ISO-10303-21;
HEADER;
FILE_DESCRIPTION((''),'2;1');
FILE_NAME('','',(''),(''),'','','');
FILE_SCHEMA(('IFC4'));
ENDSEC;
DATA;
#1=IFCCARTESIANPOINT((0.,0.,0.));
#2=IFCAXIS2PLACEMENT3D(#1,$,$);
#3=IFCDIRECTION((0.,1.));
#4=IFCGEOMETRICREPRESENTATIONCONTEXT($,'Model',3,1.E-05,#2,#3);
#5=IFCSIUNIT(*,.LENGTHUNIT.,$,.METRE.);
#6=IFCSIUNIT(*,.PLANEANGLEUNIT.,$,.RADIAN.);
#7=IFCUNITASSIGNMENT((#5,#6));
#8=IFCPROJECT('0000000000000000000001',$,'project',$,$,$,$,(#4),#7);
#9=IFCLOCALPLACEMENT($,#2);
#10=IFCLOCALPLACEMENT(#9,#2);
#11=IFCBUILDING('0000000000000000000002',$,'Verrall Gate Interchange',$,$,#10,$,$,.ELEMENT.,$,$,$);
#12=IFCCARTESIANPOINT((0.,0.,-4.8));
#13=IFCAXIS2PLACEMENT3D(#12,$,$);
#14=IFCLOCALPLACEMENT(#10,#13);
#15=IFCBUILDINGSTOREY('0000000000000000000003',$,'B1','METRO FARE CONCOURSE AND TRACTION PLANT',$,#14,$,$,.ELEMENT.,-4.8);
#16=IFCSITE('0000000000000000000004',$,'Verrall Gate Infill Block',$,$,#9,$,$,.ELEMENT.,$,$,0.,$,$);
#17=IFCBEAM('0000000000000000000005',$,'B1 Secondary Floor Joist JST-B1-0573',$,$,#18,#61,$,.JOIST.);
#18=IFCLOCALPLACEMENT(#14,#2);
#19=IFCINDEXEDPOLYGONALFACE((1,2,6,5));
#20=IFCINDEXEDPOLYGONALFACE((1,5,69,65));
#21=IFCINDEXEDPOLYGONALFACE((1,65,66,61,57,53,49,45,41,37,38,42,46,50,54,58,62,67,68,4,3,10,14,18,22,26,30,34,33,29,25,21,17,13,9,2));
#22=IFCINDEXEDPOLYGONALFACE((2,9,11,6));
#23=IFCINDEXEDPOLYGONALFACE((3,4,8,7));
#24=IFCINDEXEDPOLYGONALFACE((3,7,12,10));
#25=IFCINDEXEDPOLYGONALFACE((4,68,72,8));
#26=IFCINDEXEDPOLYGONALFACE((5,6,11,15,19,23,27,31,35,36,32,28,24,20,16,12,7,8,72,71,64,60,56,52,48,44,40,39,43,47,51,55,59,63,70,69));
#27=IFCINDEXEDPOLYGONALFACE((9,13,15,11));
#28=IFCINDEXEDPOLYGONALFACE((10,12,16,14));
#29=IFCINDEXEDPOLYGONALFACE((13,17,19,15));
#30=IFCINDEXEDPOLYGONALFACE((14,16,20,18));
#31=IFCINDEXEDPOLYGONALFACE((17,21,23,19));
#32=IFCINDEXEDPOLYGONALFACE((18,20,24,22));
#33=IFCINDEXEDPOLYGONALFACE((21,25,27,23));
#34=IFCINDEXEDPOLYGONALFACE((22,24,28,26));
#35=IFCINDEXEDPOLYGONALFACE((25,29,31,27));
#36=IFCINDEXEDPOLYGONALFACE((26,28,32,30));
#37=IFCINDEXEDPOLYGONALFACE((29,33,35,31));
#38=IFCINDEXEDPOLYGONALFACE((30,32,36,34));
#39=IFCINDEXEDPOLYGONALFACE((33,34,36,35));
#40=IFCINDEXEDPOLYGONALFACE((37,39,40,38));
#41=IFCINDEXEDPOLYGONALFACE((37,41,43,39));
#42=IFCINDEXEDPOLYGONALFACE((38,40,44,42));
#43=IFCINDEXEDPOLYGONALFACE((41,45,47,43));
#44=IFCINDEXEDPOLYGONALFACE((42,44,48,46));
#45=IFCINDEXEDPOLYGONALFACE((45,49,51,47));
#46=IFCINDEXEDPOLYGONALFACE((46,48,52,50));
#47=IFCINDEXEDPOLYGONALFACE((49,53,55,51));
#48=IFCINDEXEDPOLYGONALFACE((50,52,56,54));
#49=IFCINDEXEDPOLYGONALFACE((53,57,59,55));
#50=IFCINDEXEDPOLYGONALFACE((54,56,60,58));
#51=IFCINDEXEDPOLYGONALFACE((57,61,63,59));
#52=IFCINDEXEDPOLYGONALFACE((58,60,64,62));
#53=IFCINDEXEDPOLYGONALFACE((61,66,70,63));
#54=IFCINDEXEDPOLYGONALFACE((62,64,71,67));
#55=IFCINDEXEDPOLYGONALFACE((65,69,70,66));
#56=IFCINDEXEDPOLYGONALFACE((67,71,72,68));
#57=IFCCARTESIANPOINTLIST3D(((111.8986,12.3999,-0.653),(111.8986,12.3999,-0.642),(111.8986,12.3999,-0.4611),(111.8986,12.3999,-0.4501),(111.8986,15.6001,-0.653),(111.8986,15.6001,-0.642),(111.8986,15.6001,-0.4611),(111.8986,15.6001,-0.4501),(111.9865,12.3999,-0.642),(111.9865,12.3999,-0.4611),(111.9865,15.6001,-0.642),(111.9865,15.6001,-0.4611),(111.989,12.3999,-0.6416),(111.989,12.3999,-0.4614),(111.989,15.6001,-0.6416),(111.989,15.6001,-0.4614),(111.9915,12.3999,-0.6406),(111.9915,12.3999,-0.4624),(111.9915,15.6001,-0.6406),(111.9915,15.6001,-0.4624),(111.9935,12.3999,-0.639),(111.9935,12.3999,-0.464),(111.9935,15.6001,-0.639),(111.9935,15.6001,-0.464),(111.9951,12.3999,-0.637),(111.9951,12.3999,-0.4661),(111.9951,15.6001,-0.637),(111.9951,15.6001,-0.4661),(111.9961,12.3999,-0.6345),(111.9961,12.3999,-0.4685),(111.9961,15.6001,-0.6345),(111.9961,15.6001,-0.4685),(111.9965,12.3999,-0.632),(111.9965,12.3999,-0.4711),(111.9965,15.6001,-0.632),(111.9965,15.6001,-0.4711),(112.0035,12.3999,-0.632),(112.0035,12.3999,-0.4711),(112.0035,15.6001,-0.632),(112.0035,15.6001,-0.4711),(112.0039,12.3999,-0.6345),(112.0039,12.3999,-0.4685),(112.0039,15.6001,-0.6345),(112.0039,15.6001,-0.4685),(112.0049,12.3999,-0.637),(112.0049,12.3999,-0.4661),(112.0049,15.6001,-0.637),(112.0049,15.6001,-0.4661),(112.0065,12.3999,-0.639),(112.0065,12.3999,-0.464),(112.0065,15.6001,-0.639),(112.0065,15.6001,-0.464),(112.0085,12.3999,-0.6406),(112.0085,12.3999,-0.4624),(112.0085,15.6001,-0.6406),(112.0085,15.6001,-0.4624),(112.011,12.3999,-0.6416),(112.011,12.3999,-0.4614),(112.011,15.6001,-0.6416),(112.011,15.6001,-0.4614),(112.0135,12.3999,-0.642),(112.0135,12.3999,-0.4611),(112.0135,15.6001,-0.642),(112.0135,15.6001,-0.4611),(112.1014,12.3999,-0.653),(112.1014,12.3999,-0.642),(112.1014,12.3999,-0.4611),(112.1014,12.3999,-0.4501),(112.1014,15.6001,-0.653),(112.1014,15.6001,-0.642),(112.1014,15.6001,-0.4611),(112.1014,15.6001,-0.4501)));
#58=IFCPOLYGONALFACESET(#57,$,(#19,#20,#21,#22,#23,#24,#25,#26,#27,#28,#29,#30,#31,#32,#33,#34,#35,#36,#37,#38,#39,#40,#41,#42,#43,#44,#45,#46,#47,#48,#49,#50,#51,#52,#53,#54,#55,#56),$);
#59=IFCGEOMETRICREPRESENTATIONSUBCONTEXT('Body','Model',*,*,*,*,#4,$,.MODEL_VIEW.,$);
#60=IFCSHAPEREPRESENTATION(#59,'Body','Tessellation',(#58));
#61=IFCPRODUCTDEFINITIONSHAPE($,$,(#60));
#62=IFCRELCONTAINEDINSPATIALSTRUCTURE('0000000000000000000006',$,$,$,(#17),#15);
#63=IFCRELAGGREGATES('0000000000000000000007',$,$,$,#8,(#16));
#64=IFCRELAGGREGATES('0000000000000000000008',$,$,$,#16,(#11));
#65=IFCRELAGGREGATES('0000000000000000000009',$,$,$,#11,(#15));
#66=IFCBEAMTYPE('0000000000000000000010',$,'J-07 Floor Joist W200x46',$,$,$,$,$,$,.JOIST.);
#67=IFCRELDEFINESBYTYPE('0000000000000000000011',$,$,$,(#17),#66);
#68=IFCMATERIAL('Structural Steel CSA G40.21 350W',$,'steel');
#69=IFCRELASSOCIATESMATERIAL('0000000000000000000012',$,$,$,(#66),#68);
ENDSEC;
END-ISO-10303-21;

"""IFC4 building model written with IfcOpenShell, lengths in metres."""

from ifc_helpers import new_model, si_unit, direction, frame, origin, origin_2d, place, context, subcontext, project, spatial, i_section, extrude, material, material_profile, profile_set, type_object, element, save


model = new_model("IFC4")

# Units and contexts
model_context = context("Model", 3, precision=1e-05, world=origin(), true_north=direction((0.0, 1.0)))
body_context = subcontext(model_context, "Body", "Model", "MODEL_VIEW")
ifc_project = project(units=[si_unit("LENGTHUNIT", "METRE"), si_unit("PLANEANGLEUNIT", "RADIAN")], contexts=[model_context])

# Site, building, storey
site_placement = place(None, origin())
site = spatial("IfcSite", under=ifc_project, at=site_placement, Name="Verrall Gate Infill Block", CompositionType="ELEMENT", RefElevation=0.0)
building_placement = place(site_placement, origin())
building = spatial("IfcBuilding", under=site, at=building_placement, Name="Verrall Gate Interchange", CompositionType="ELEMENT")
storey_placement = place(building_placement, frame((0.0, 0.0, -4.8)))
storey = spatial("IfcBuildingStorey", under=building, at=storey_placement, Name="B1", Description="METRO FARE CONCOURSE AND TRACTION PLANT", CompositionType="ELEMENT", Elevation=-4.8)

# Beam
ifc_material_1 = material(Name="Structural Steel CSA G40.21 350W", Category="steel")
ifc_material_profile_1 = material_profile(ifc_material_1, i_section(OverallWidth=0.2029, OverallDepth=0.2029, WebThickness=0.0071, FlangeThickness=0.011, FilletRadius=0.01, at=origin_2d()), Name="W200x46")
ifc_profile_set_1 = profile_set([ifc_material_profile_1], Name="Structural Steel CSA G40.21 350W")
beam_type_1 = type_object("IfcBeamType", Name="J-07 Floor Joist W200x46", PredefinedType="JOIST", material=ifc_profile_set_1)
beam_1_placement = place(storey_placement, frame((112.0, 12.3999, -0.5515), z_axis=(0.0, 1.0, 0.0), x_axis=(-1.0, 0.0, 0.0)))
element("IfcBeam", 1, at=beam_1_placement, inside=storey, type_object=beam_type_1, Name="B1 Secondary Floor Joist JST-B1-0573", PredefinedType="JOIST", context=body_context, shape_type="SweptSolid", body=[
    extrude(i_section(OverallWidth=0.2029, OverallDepth=0.2029, WebThickness=0.0071, FlangeThickness=0.011, FilletRadius=0.01, at=origin_2d()), origin(), (0.0, 0.0, 1.0), 3.2002),
])

save(model, "model.ifc")
